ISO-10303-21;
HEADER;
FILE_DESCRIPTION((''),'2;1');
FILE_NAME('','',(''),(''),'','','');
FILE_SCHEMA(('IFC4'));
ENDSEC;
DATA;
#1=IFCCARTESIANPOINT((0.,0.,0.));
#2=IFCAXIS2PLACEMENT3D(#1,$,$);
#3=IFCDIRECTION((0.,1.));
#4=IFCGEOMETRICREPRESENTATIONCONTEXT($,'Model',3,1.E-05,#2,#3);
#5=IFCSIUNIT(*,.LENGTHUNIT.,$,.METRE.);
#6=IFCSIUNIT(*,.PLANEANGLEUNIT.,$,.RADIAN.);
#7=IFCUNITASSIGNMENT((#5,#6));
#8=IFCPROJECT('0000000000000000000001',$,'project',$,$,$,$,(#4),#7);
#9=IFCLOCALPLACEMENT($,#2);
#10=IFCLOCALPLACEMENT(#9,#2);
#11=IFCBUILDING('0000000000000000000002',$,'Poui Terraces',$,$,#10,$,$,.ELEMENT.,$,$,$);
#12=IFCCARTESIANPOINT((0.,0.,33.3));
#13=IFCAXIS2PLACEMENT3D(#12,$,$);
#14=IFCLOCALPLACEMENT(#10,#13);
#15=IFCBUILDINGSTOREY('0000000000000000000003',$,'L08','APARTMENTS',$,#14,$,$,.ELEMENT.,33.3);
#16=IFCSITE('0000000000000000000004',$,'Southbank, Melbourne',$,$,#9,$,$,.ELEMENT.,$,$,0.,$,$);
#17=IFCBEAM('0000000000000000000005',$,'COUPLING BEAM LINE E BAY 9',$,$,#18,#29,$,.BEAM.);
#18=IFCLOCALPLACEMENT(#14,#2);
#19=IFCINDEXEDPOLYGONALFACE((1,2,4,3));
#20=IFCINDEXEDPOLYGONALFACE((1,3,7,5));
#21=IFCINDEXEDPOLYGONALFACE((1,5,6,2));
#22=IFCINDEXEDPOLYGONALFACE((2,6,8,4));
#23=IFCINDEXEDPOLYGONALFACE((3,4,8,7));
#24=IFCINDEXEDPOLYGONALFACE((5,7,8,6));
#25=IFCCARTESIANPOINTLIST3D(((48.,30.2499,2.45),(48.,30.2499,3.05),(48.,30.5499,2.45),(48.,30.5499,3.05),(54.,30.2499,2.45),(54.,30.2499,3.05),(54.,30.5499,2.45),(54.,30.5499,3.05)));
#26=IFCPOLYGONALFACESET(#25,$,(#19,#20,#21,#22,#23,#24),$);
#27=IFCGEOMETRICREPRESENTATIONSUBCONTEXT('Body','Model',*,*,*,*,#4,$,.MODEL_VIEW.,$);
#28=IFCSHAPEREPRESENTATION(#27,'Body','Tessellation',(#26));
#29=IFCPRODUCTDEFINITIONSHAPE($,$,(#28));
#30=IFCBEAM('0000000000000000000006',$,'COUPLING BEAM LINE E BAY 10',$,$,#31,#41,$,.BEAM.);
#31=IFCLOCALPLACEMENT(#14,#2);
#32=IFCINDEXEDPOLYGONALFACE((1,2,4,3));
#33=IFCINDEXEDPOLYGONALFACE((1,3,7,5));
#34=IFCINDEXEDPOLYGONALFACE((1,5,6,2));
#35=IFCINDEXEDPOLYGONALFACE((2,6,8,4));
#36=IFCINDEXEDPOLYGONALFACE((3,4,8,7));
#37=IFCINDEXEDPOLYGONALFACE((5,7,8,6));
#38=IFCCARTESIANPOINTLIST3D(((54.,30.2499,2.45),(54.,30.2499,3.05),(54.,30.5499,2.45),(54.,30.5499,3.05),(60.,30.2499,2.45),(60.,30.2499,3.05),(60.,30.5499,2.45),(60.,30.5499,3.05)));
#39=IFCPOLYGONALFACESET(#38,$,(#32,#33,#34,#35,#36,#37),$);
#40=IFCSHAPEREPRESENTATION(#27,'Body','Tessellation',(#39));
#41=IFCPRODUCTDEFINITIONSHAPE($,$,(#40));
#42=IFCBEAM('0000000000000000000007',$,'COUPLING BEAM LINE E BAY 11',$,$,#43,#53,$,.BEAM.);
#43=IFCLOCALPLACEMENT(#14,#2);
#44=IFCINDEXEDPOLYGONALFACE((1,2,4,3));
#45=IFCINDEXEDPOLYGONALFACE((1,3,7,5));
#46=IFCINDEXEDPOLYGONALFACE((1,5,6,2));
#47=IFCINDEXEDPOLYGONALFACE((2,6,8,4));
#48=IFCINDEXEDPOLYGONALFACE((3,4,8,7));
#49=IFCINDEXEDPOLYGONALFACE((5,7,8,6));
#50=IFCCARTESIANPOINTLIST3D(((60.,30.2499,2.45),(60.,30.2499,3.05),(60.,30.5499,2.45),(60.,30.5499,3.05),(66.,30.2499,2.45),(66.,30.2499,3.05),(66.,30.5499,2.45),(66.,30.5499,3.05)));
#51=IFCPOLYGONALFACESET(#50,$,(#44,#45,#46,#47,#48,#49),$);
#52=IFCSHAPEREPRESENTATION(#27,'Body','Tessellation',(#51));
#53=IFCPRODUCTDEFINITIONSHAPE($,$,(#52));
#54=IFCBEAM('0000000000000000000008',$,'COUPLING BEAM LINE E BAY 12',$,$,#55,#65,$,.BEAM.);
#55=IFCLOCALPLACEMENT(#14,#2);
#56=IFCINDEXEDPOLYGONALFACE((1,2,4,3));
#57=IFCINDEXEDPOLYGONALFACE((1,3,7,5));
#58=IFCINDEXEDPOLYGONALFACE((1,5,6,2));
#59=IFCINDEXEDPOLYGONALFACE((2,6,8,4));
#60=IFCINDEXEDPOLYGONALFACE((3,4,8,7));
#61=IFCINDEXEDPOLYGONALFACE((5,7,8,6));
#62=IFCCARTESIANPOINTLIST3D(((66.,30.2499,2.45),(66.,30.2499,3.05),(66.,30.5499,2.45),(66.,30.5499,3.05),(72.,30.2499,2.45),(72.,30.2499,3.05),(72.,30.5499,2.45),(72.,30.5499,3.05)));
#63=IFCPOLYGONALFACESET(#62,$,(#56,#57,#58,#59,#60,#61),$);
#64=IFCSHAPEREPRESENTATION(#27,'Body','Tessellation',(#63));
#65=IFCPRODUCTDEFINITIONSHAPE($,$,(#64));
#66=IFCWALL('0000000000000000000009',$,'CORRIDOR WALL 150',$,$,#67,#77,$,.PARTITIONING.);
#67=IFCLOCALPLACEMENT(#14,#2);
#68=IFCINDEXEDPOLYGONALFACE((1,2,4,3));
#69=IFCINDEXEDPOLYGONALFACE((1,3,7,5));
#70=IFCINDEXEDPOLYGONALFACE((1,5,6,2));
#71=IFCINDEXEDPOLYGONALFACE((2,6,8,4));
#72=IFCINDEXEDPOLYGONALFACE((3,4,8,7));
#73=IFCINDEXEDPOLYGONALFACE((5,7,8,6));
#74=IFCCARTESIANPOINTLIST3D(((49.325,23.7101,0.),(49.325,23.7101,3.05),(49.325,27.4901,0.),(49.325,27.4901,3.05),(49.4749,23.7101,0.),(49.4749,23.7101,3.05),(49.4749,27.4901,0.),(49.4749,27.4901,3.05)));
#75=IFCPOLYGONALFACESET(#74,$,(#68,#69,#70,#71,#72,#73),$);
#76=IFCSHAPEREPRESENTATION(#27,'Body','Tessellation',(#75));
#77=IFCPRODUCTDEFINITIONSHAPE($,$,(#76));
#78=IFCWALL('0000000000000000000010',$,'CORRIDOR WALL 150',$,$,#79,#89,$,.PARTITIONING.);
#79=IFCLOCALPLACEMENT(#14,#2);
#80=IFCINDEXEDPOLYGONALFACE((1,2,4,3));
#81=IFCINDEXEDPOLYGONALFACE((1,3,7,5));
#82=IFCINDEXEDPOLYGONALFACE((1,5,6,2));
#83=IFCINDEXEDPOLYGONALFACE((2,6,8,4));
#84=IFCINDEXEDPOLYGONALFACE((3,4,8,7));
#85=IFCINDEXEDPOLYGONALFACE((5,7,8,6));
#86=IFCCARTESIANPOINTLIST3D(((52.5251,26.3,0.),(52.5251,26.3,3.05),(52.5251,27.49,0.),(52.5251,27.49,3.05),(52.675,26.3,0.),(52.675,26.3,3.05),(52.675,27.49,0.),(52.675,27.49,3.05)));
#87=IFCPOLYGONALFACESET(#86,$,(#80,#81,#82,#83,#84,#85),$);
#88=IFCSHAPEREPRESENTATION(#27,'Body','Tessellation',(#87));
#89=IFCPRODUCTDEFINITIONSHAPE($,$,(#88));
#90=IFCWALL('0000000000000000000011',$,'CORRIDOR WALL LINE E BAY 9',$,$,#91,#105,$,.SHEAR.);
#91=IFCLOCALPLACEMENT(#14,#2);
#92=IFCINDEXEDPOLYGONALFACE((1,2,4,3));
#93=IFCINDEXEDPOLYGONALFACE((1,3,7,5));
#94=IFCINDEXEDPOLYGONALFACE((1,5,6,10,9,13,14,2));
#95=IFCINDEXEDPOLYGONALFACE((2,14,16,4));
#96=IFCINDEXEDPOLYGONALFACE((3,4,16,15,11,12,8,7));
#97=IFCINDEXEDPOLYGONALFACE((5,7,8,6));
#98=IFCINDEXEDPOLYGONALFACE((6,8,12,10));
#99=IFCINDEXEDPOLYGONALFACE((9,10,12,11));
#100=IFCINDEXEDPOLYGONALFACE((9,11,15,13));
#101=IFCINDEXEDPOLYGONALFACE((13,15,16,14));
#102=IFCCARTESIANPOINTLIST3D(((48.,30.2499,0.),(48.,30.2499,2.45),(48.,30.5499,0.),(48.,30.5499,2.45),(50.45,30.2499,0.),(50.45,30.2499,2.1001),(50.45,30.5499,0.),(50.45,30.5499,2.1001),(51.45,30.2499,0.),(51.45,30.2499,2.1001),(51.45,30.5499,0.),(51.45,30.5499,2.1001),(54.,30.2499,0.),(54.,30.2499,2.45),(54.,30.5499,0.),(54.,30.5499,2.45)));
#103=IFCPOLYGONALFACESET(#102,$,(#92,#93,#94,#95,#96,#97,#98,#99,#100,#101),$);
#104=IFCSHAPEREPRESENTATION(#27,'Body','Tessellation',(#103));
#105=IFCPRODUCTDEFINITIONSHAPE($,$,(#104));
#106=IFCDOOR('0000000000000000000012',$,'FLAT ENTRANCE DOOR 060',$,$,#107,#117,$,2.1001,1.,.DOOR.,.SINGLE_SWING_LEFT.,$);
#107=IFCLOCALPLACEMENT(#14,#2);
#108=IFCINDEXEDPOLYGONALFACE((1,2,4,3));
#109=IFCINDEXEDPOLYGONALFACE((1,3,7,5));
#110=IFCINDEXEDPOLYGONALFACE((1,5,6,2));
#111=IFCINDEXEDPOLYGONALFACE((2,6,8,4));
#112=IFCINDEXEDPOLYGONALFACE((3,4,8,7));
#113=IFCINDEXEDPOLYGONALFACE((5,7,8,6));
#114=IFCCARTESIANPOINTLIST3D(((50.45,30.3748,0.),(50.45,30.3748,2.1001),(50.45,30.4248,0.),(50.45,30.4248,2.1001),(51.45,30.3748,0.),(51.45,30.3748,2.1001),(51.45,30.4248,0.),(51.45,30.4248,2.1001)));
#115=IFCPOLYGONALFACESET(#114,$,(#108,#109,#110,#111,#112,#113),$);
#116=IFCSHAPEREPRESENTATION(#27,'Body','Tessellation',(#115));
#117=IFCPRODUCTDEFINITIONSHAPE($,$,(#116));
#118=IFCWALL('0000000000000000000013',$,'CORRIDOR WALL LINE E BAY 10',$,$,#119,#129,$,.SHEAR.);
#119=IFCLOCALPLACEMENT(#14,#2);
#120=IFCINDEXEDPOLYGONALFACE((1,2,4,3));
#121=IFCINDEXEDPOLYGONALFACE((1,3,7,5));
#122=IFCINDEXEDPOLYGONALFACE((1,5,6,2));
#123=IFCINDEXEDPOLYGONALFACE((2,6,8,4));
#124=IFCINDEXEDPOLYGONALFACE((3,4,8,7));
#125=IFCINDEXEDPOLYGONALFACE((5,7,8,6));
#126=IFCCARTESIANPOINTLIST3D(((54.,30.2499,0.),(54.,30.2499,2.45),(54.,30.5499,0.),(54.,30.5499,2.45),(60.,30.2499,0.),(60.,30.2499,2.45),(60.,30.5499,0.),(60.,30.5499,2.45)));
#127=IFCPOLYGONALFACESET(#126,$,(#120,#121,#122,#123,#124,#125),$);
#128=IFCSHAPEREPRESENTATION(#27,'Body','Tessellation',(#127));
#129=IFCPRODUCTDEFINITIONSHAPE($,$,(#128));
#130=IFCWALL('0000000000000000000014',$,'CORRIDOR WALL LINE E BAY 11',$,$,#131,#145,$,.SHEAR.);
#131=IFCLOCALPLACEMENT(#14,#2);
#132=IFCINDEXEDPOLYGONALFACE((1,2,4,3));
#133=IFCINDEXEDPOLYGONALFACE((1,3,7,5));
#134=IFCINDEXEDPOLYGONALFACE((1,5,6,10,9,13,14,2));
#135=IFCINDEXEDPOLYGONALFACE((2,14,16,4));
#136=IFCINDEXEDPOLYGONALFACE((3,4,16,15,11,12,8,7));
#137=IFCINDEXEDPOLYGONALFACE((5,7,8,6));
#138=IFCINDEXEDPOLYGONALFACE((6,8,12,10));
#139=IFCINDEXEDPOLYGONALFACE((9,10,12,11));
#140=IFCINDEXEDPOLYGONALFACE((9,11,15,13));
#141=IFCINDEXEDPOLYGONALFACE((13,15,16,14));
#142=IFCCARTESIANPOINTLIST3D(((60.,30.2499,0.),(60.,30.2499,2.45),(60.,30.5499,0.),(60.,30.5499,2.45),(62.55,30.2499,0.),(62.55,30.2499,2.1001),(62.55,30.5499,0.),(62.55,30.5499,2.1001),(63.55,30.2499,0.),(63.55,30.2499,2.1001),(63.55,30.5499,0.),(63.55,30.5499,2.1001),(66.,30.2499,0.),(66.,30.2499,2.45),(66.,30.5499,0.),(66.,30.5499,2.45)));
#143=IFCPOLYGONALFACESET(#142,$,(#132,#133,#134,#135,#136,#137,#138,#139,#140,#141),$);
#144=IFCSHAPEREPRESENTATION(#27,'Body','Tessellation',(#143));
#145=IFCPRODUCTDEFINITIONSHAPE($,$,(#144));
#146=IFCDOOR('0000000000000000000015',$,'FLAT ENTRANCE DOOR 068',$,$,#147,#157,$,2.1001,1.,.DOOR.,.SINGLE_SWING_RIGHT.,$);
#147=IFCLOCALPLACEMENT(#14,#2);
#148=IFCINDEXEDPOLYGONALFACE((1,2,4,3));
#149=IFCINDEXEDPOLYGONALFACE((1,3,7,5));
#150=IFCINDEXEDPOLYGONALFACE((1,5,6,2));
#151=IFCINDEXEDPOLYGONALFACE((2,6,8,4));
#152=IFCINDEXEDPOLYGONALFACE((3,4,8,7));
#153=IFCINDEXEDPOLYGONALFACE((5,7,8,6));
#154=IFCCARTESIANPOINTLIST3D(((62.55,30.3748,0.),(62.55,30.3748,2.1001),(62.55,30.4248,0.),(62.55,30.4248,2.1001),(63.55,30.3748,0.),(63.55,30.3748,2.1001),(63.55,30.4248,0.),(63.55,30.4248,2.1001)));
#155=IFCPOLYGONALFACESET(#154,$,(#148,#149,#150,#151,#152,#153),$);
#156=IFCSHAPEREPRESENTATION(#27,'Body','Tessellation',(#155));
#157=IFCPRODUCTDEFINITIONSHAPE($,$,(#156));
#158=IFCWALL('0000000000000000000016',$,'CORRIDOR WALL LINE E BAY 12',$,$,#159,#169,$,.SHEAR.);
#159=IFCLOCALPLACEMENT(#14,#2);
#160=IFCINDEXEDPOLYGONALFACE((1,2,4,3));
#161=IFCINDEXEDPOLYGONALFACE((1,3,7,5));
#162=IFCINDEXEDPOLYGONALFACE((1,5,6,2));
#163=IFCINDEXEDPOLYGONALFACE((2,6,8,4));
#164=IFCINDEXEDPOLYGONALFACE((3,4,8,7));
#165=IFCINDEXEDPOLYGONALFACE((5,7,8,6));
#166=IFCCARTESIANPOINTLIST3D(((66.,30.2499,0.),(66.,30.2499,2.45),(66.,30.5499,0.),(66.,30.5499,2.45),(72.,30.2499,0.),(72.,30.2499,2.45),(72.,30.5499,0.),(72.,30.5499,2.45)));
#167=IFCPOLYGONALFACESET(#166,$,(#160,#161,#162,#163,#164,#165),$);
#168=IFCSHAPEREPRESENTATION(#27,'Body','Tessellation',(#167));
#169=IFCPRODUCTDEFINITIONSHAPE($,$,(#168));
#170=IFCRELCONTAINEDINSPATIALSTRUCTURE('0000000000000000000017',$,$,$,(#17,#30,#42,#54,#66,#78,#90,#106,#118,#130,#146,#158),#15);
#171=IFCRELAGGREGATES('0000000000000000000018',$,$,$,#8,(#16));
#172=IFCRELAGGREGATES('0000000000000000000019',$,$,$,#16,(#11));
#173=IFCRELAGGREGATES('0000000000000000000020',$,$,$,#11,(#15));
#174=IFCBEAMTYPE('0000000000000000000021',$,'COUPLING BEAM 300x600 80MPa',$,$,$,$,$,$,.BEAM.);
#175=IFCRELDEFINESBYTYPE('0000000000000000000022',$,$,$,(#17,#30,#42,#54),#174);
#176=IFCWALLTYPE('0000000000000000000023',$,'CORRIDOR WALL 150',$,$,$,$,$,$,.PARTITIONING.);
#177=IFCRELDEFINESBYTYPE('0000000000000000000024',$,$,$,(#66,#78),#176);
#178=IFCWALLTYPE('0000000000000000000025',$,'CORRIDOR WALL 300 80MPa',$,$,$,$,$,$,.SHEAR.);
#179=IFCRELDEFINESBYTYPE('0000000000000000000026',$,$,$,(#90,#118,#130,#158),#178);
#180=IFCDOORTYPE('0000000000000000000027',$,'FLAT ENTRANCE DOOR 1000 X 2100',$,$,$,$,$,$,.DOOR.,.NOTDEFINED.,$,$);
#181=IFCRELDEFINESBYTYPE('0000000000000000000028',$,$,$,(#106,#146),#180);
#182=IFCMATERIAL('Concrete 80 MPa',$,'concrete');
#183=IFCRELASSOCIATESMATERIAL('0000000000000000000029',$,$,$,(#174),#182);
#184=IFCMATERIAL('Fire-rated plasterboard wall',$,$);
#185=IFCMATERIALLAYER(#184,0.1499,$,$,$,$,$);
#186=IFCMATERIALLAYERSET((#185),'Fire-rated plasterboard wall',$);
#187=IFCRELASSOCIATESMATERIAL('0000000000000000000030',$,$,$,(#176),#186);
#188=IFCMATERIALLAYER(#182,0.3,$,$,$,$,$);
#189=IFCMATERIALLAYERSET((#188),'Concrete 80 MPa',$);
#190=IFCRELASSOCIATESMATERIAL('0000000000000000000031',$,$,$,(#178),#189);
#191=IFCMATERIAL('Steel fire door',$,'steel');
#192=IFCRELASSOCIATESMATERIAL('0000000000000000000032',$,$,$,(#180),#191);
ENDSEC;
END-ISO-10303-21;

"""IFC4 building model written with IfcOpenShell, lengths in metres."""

from ifc_helpers import new_model, si_unit, direction, frame, frame_2d, origin, origin_2d, place, context, subcontext, project, spatial, rectangle, extrude, source, transform, mapped, material, layer, layer_set, material_profile, profile_set, type_object, element, fill, save


model = new_model("IFC4")

# Units and contexts
model_context = context("Model", 3, precision=1e-05, world=origin(), true_north=direction((0.0, 1.0)))
body_context = subcontext(model_context, "Body", "Model", "MODEL_VIEW")
ifc_project = project(units=[si_unit("LENGTHUNIT", "METRE"), si_unit("PLANEANGLEUNIT", "RADIAN")], contexts=[model_context])

# Site, building, storey
site_placement = place(None, origin())
site = spatial("IfcSite", under=ifc_project, at=site_placement, Name="Southbank, Melbourne", CompositionType="ELEMENT", RefElevation=0.0)
building_placement = place(site_placement, origin())
building = spatial("IfcBuilding", under=site, at=building_placement, Name="Poui Terraces", CompositionType="ELEMENT")
storey_placement = place(building_placement, frame((0.0, 0.0, 33.3)))
storey = spatial("IfcBuildingStorey", under=building, at=storey_placement, Name="L08", Description="APARTMENTS", CompositionType="ELEMENT", Elevation=33.3)

# Beams
ifc_material_1 = material(Name="Concrete 80 MPa", Category="concrete")
ifc_material_profile = material_profile(ifc_material_1, rectangle(XDim=0.3, YDim=0.6001, at=origin_2d()), Name="RC 300x600")
ifc_profile_set = profile_set([ifc_material_profile], Name="Concrete 80 MPa")
beam_type = type_object("IfcBeamType", Name="COUPLING BEAM 300x600 80MPa", PredefinedType="BEAM", material=ifc_profile_set)
shared_shape = source(origin(), body_context, "Body", "SweptSolid", [
    extrude(rectangle(XDim=0.3, YDim=0.6001, at=origin_2d()), origin(), (0.0, 0.0, 1.0), 6.0),
])
for number, where, z_axis, x_axis, name in (
    (1, (48.0, 30.3999, 2.75), (1.0, 0.0, 0.0), (0.0, 1.0, 0.0), "COUPLING BEAM LINE E BAY 9"),
    (2, (54.0, 30.3999, 2.75), (1.0, 0.0, 0.0), (0.0, 1.0, 0.0), "COUPLING BEAM LINE E BAY 10"),
    (3, (60.0, 30.3999, 2.75), (1.0, 0.0, 0.0), (0.0, 1.0, 0.0), "COUPLING BEAM LINE E BAY 11"),
    (4, (66.0, 30.3999, 2.75), (1.0, 0.0, 0.0), (0.0, 1.0, 0.0), "COUPLING BEAM LINE E BAY 12"),
):
    element("IfcBeam", number, at=place(storey_placement, frame(where, z_axis=z_axis, x_axis=x_axis)), inside=storey, type_object=beam_type, Name=name, PredefinedType="BEAM", context=body_context, shape_type="MappedRepresentation", body=[
        mapped(shared_shape, transform((0.0, 0.0, 0.0))),
    ])

# Walls
ifc_material_2 = material(Name="Fire-rated plasterboard wall")
ifc_layer_1 = layer(ifc_material_2, 0.1499)
ifc_layer_set_1 = layer_set([ifc_layer_1], Name="Fire-rated plasterboard wall")
wall_type_1 = type_object("IfcWallType", Name="CORRIDOR WALL 150", PredefinedType="PARTITIONING", material=ifc_layer_set_1)
wall_1_placement = place(storey_placement, frame((49.3999, 23.71, 0.0), z_axis=(0.0, 0.0, 1.0), x_axis=(0.0, 1.0, 0.0)))
element("IfcWall", 5, at=wall_1_placement, inside=storey, type_object=wall_type_1, Name="CORRIDOR WALL 150", PredefinedType="PARTITIONING", context=body_context, shape_type="SweptSolid", body=[
    extrude(rectangle(XDim=3.78, YDim=0.1499, at=frame_2d((1.8901, 0.0))), origin(), (0.0, 0.0, 1.0), 3.05),
])
wall_2_placement = place(storey_placement, frame((52.6001, 26.3, 0.0), z_axis=(0.0, 0.0, 1.0), x_axis=(0.0, 1.0, 0.0)))
element("IfcWall", 6, at=wall_2_placement, inside=storey, type_object=wall_type_1, Name="CORRIDOR WALL 150", PredefinedType="PARTITIONING", context=body_context, shape_type="SweptSolid", body=[
    extrude(rectangle(XDim=1.1899, YDim=0.1499, at=frame_2d((0.595, 0.0))), origin(), (0.0, 0.0, 1.0), 3.05),
])

# Wall, opening, door
ifc_layer_2 = layer(ifc_material_1, 0.3)
ifc_layer_set_2 = layer_set([ifc_layer_2], Name="Concrete 80 MPa")
wall_type_2 = type_object("IfcWallType", Name="CORRIDOR WALL 300 80MPa", PredefinedType="SHEAR", material=ifc_layer_set_2)
wall_3_placement = place(storey_placement, frame((48.0, 30.3999, 0.0), z_axis=(0.0, 0.0, 1.0), x_axis=(1.0, 0.0, 0.0)))
wall_3 = element("IfcWall", 7, at=wall_3_placement, inside=storey, type_object=wall_type_2, Name="CORRIDOR WALL LINE E BAY 9", PredefinedType="SHEAR", context=body_context, shape_type="SweptSolid", body=[
    extrude(rectangle(XDim=6.0, YDim=0.3, at=frame_2d((3.0, 0.0))), origin(), (0.0, 0.0, 1.0), 2.45),
])
opening_1_placement = place(wall_3_placement, frame((2.45, 0.0, 0.0)))
opening_1 = element("IfcOpeningElement", 8, at=opening_1_placement, cuts=wall_3, PredefinedType="OPENING", context=body_context, shape_type="SweptSolid", body=[
    extrude(rectangle(XDim=1.0, YDim=2.1001, at=frame_2d((0.5, 1.05))), frame((0.0, 0.1602, 0.0), z_axis=(0.0, -1.0, 0.0), x_axis=(1.0, 0.0, 0.0)), (0.0, 0.0, 1.0), 0.3201),
])
ifc_material_3 = material(Name="Steel fire door", Category="steel")
door_type_1 = type_object("IfcDoorType", Name="FLAT ENTRANCE DOOR 1000 X 2100", OperationType="NOTDEFINED", PredefinedType="DOOR", material=ifc_material_3)
door_1_placement = place(opening_1_placement, origin())
door_1 = element("IfcDoor", 9, at=door_1_placement, inside=storey, type_object=door_type_1, Name="FLAT ENTRANCE DOOR 060", OperationType="SINGLE_SWING_LEFT", OverallHeight=2.1001, OverallWidth=1.0, PredefinedType="DOOR", context=body_context, shape_type="SweptSolid", body=[
    extrude(rectangle(XDim=1.0, YDim=2.1001, at=frame_2d((0.5, 1.05))), frame((0.0, 0.0249, 0.0), z_axis=(0.0, -1.0, 0.0), x_axis=(1.0, 0.0, 0.0)), (0.0, 0.0, 1.0), 0.05),
])
fill(opening_1, door_1)

# Wall
wall_4_placement = place(storey_placement, frame((54.0, 30.3999, 0.0), z_axis=(0.0, 0.0, 1.0), x_axis=(1.0, 0.0, 0.0)))
element("IfcWall", 10, at=wall_4_placement, inside=storey, type_object=wall_type_2, Name="CORRIDOR WALL LINE E BAY 10", PredefinedType="SHEAR", context=body_context, shape_type="SweptSolid", body=[
    extrude(rectangle(XDim=6.0, YDim=0.3, at=frame_2d((3.0, 0.0))), origin(), (0.0, 0.0, 1.0), 2.45),
])

# Wall, opening, door
wall_5_placement = place(storey_placement, frame((60.0, 30.3999, 0.0), z_axis=(0.0, 0.0, 1.0), x_axis=(1.0, 0.0, 0.0)))
wall_5 = element("IfcWall", 11, at=wall_5_placement, inside=storey, type_object=wall_type_2, Name="CORRIDOR WALL LINE E BAY 11", PredefinedType="SHEAR", context=body_context, shape_type="SweptSolid", body=[
    extrude(rectangle(XDim=6.0, YDim=0.3, at=frame_2d((3.0, 0.0))), origin(), (0.0, 0.0, 1.0), 2.45),
])
opening_2_placement = place(wall_5_placement, frame((2.55, 0.0, 0.0)))
opening_2 = element("IfcOpeningElement", 12, at=opening_2_placement, cuts=wall_5, PredefinedType="OPENING", context=body_context, shape_type="SweptSolid", body=[
    extrude(rectangle(XDim=1.0, YDim=2.1001, at=frame_2d((0.5, 1.05))), frame((0.0, 0.1602, 0.0), z_axis=(0.0, -1.0, 0.0), x_axis=(1.0, 0.0, 0.0)), (0.0, 0.0, 1.0), 0.3201),
])
door_2_placement = place(opening_2_placement, origin())
door_2 = element("IfcDoor", 13, at=door_2_placement, inside=storey, type_object=door_type_1, Name="FLAT ENTRANCE DOOR 068", OperationType="SINGLE_SWING_RIGHT", OverallHeight=2.1001, OverallWidth=1.0, PredefinedType="DOOR", context=body_context, shape_type="SweptSolid", body=[
    extrude(rectangle(XDim=1.0, YDim=2.1001, at=frame_2d((0.5, 1.05))), frame((0.0, 0.0249, 0.0), z_axis=(0.0, -1.0, 0.0), x_axis=(1.0, 0.0, 0.0)), (0.0, 0.0, 1.0), 0.05),
])
fill(opening_2, door_2)

# Wall
wall_6_placement = place(storey_placement, frame((66.0, 30.3999, 0.0), z_axis=(0.0, 0.0, 1.0), x_axis=(1.0, 0.0, 0.0)))
element("IfcWall", 14, at=wall_6_placement, inside=storey, type_object=wall_type_2, Name="CORRIDOR WALL LINE E BAY 12", PredefinedType="SHEAR", context=body_context, shape_type="SweptSolid", body=[
    extrude(rectangle(XDim=6.0, YDim=0.3, at=frame_2d((3.0, 0.0))), origin(), (0.0, 0.0, 1.0), 2.45),
])

save(model, "model.ifc")
